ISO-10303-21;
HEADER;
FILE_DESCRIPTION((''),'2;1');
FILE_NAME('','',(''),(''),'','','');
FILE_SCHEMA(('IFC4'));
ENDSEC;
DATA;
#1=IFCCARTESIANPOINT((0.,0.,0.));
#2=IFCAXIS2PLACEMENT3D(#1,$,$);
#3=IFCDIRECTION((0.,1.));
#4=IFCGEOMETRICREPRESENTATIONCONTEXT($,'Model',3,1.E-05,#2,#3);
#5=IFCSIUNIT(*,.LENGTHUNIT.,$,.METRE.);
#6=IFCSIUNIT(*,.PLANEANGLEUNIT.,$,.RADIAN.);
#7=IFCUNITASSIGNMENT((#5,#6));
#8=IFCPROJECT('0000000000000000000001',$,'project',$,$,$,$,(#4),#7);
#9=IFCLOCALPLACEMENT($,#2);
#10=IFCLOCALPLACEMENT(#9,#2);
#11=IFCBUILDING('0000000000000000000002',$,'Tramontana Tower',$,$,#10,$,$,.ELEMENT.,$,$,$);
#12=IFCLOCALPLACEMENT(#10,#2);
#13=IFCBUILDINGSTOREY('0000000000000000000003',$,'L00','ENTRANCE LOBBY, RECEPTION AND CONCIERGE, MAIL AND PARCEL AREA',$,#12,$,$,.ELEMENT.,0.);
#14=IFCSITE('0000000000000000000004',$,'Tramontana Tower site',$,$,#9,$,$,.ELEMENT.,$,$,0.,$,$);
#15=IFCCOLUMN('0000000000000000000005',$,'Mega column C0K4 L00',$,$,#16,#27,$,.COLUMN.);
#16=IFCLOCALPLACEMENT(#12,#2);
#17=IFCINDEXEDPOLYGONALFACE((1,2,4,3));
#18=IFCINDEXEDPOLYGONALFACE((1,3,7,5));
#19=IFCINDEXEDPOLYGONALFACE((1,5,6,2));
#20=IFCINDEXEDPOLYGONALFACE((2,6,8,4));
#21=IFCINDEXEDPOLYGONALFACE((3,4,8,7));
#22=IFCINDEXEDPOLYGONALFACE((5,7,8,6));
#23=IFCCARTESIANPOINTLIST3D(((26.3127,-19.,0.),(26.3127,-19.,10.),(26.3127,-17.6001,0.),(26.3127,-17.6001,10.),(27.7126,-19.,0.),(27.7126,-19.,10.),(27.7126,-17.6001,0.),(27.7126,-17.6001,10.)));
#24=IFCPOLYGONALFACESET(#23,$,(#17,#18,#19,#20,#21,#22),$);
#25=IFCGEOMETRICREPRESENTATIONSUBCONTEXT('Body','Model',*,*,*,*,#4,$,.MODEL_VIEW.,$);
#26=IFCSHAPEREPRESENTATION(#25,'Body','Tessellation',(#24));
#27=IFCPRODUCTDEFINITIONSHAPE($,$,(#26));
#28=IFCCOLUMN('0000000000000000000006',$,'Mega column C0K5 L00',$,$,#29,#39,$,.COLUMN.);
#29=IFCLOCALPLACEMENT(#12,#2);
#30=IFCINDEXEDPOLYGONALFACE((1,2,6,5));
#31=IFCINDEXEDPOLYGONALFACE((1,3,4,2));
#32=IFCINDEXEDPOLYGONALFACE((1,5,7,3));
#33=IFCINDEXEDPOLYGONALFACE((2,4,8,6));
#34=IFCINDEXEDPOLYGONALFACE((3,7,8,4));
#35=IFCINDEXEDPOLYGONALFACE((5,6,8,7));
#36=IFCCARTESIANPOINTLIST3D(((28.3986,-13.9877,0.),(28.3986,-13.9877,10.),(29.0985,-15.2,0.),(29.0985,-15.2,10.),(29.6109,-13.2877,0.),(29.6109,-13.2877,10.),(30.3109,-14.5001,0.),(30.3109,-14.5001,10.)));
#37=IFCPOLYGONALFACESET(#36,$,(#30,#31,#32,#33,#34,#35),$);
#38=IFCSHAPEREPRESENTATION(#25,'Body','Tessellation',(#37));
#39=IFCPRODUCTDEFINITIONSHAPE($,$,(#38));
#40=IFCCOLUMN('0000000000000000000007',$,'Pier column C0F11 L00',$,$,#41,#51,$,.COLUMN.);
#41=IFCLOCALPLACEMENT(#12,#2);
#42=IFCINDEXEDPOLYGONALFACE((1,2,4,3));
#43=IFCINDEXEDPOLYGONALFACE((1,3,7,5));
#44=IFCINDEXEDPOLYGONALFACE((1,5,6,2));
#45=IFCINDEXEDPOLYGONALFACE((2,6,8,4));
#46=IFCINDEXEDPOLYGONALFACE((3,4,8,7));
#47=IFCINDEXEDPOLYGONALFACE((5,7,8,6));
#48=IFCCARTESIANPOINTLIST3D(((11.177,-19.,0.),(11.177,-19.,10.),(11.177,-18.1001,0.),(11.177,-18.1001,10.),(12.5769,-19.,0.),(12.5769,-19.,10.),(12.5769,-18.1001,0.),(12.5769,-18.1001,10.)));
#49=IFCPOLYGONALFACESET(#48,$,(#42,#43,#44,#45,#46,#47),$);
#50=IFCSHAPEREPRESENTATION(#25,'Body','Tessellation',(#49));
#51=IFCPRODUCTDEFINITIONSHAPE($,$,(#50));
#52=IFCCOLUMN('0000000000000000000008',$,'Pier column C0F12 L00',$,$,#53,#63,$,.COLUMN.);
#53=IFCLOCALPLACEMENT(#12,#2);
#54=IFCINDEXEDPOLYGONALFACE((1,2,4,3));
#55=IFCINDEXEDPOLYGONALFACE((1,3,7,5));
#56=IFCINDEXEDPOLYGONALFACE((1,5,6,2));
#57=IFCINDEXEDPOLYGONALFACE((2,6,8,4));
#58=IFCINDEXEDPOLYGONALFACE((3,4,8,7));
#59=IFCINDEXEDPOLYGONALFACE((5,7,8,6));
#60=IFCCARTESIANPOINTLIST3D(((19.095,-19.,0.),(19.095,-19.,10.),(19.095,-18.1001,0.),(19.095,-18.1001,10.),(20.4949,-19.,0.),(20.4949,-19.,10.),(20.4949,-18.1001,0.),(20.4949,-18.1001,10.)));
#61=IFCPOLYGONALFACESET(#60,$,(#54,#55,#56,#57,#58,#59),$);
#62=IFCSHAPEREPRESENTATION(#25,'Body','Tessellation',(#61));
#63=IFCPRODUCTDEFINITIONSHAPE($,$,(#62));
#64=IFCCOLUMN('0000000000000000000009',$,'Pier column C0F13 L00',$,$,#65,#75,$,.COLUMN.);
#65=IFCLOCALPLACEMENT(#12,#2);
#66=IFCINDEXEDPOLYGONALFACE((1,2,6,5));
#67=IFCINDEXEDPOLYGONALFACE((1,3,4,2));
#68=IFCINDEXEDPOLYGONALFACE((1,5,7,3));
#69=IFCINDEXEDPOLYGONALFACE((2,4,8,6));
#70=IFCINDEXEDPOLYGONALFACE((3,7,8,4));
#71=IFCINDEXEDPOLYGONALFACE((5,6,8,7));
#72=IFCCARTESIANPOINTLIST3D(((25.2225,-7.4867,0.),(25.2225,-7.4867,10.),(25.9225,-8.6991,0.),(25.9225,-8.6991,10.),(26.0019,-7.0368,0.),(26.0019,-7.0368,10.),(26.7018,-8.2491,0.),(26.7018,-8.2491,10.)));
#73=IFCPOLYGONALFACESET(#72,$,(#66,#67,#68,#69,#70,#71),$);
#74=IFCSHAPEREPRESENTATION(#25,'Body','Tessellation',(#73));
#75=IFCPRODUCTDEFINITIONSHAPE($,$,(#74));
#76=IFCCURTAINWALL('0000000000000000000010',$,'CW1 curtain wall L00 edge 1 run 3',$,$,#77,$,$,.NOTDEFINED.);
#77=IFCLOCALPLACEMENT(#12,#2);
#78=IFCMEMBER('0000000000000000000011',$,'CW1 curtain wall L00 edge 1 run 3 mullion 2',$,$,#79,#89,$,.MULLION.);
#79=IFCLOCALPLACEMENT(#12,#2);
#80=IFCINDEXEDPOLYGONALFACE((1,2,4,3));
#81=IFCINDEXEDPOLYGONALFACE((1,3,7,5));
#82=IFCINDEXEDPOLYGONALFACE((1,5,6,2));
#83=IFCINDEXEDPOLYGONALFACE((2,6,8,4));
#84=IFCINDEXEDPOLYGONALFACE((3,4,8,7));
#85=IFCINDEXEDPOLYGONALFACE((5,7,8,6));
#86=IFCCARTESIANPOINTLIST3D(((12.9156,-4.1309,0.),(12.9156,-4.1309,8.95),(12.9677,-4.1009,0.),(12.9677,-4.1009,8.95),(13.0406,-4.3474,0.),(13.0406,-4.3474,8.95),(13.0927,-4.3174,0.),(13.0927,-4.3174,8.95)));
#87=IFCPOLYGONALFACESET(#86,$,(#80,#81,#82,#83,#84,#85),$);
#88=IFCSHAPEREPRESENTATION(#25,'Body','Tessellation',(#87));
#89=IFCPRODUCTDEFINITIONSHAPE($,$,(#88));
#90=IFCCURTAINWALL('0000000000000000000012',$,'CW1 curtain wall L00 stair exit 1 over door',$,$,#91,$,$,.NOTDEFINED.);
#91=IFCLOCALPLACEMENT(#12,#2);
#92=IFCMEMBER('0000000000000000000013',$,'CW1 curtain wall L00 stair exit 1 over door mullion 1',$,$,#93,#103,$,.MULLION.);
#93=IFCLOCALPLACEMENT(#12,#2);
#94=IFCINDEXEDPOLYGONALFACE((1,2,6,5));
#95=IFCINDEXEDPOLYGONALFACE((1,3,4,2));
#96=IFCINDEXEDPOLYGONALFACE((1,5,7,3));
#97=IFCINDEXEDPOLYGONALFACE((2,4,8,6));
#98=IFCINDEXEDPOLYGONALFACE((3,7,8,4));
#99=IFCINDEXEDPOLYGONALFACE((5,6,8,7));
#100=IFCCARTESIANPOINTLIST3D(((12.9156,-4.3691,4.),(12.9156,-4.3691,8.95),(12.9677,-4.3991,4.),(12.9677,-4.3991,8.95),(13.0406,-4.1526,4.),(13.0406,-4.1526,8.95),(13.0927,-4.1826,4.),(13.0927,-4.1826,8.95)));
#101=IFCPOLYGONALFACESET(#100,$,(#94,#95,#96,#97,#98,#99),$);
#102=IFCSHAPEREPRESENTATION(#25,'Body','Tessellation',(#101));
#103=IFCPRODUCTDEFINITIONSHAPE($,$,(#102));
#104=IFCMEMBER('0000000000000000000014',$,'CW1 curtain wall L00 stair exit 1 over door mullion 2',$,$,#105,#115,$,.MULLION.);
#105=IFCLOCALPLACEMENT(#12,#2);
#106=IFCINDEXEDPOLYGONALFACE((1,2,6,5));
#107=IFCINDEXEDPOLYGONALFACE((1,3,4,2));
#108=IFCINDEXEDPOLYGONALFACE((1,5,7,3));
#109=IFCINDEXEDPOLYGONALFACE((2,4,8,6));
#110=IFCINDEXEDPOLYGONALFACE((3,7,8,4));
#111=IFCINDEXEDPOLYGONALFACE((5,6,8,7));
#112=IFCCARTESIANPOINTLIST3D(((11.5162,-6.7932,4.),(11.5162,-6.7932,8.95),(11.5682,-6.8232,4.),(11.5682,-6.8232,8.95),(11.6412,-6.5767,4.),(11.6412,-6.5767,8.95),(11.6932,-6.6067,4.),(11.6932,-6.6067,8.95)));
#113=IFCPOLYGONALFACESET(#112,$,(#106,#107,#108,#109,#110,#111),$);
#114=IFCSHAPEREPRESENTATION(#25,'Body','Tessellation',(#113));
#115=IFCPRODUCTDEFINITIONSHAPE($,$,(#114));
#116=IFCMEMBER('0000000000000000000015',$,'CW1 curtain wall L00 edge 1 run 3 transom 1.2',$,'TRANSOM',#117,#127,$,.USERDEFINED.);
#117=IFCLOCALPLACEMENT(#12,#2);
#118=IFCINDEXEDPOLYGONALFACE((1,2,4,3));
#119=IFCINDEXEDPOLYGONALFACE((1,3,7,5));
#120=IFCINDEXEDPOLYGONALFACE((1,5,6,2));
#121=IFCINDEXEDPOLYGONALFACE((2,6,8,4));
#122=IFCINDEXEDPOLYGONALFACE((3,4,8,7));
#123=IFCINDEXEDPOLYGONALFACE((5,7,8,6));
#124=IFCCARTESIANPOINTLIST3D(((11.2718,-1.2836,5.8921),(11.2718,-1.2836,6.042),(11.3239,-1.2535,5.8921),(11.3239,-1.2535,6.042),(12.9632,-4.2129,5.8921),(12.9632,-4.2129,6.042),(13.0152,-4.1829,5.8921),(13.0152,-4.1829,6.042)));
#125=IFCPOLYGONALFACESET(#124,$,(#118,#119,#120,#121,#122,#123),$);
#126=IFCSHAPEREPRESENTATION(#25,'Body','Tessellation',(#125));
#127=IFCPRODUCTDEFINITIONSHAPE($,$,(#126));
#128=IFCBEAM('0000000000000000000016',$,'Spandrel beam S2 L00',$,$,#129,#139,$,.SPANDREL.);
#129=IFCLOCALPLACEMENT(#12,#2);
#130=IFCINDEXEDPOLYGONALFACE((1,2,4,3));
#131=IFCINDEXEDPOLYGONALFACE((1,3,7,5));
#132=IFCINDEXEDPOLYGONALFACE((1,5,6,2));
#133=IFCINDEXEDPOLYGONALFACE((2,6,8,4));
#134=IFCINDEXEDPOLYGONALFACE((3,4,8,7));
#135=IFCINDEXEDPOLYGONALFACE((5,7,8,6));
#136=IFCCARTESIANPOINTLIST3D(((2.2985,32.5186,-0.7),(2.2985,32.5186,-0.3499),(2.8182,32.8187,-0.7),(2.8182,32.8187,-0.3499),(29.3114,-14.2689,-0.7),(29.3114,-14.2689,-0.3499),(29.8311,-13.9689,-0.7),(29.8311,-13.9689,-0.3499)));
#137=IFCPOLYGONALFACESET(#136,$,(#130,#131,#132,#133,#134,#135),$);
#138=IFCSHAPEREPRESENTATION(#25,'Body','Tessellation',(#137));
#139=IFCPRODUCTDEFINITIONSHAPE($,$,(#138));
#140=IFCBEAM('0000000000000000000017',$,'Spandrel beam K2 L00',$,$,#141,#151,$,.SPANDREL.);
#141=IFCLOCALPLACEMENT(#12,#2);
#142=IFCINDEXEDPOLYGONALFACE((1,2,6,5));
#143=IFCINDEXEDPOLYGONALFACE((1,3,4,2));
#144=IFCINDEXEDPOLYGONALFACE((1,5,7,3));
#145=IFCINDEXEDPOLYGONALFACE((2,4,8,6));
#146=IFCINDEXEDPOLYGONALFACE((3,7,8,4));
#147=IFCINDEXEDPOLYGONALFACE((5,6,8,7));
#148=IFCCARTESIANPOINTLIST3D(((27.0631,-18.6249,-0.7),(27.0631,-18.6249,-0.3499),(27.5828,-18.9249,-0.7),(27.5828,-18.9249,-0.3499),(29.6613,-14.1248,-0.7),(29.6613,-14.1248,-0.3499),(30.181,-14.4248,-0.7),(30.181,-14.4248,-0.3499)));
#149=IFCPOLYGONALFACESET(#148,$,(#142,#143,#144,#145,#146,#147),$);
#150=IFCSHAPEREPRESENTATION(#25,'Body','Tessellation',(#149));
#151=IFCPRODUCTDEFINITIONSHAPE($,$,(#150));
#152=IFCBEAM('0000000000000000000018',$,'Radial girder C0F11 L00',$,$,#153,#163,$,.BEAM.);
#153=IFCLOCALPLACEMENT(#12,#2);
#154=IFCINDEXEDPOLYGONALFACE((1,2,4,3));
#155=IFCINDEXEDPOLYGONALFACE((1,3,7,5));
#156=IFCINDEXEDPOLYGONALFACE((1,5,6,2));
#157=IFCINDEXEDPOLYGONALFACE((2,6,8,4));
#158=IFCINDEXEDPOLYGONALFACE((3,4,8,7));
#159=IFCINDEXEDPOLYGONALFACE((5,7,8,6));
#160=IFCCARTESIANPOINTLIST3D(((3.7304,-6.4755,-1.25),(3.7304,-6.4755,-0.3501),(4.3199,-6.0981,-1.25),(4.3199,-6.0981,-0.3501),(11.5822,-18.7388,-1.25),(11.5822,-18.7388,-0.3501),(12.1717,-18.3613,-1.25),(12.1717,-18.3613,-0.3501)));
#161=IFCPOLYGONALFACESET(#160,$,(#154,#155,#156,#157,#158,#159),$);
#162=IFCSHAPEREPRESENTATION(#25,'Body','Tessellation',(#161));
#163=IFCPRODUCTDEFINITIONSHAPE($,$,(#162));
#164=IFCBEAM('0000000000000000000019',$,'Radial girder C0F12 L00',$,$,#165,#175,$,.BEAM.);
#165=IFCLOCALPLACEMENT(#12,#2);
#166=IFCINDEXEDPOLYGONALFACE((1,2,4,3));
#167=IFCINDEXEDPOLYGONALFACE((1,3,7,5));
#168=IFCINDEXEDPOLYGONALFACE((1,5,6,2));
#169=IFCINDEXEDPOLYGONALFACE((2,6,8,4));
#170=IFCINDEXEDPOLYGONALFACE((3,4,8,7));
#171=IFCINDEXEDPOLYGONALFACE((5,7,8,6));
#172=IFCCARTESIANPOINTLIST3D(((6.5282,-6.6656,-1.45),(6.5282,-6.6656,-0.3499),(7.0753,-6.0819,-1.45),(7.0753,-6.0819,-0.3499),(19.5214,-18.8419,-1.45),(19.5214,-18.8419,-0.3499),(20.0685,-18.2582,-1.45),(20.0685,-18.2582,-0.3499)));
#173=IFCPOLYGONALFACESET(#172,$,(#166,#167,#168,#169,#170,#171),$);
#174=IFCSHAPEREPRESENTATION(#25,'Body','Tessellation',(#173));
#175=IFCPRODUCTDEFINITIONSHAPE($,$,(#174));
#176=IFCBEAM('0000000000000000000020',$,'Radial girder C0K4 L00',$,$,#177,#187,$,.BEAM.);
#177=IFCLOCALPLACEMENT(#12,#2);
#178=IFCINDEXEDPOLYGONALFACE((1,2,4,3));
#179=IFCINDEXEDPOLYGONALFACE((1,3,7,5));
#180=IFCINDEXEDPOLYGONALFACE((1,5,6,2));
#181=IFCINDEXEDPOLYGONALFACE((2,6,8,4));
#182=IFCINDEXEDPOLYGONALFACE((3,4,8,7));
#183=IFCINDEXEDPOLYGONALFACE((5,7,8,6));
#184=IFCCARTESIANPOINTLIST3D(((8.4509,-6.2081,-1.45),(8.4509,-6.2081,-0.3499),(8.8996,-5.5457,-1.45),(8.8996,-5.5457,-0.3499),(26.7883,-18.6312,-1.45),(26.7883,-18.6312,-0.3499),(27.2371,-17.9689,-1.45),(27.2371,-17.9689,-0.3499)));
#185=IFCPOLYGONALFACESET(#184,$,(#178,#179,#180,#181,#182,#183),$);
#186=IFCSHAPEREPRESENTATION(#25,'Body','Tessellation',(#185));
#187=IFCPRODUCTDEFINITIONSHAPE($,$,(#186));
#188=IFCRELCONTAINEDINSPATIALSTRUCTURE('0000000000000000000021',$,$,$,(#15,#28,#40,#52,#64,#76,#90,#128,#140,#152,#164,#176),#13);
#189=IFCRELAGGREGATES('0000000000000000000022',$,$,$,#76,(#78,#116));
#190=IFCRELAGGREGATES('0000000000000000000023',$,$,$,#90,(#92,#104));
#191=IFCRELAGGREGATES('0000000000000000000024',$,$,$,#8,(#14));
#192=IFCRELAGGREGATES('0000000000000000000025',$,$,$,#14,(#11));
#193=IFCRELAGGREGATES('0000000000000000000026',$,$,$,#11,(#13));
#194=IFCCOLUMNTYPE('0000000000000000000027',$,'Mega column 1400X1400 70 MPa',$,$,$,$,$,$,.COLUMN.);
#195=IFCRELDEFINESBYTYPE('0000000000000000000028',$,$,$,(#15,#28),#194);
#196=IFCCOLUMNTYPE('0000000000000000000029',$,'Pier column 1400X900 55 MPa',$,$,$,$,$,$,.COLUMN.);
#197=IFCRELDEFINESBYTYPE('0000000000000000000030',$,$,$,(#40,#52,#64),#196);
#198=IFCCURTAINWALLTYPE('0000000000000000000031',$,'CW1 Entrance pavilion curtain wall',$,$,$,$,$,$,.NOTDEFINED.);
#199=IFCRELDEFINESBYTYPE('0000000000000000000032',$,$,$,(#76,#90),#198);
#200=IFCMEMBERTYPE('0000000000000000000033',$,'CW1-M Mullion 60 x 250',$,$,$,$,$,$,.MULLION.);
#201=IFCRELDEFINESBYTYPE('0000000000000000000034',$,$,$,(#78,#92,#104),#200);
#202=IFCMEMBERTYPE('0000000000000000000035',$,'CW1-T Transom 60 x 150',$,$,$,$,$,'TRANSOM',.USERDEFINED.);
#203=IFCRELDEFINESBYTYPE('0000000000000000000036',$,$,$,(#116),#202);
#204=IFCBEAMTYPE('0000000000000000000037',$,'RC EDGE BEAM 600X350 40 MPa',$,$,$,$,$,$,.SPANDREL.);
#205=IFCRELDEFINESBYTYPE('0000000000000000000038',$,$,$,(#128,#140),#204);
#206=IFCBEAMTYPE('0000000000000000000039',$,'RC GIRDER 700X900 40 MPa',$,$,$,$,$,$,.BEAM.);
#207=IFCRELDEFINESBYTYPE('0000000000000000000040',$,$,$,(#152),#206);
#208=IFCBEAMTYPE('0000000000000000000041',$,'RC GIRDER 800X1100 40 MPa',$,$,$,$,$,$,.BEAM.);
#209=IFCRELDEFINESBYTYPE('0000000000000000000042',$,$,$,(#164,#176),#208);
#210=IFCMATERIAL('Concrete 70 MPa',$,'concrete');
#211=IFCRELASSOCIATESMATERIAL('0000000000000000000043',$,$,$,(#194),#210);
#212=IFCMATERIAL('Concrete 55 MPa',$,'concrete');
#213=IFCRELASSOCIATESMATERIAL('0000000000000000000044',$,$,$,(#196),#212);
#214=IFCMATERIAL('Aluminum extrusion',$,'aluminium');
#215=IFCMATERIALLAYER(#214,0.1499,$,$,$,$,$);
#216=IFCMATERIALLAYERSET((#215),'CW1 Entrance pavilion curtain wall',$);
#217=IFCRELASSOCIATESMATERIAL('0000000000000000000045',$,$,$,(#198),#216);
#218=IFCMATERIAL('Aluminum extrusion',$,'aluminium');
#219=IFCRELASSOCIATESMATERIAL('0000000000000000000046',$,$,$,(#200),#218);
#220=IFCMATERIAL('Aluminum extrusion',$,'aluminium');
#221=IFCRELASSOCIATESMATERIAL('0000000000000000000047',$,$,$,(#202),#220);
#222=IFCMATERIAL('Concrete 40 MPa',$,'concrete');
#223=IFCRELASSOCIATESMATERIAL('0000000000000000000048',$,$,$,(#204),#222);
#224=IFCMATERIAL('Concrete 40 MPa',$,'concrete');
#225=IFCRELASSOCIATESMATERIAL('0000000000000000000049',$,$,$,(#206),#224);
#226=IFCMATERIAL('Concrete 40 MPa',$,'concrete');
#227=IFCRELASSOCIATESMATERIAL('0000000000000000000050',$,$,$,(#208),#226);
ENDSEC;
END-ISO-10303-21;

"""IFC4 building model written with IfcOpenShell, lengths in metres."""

from ifc_helpers import new_model, si_unit, direction, frame, origin, origin_2d, place, context, subcontext, project, spatial, rectangle, extrude, material, layer, layer_set, material_profile, profile_set, type_object, element, aggregate, save


model = new_model("IFC4")

# Units and contexts
model_context = context("Model", 3, precision=1e-05, world=origin(), true_north=direction((0.0, 1.0)))
body_context = subcontext(model_context, "Body", "Model", "MODEL_VIEW")
ifc_project = project(units=[si_unit("LENGTHUNIT", "METRE"), si_unit("PLANEANGLEUNIT", "RADIAN")], contexts=[model_context])

# Site, building, storey
site_placement = place(None, origin())
site = spatial("IfcSite", under=ifc_project, at=site_placement, Name="Tramontana Tower site", CompositionType="ELEMENT", RefElevation=0.0)
building_placement = place(site_placement, origin())
building = spatial("IfcBuilding", under=site, at=building_placement, Name="Tramontana Tower", CompositionType="ELEMENT")
storey_placement = place(building_placement, origin())
storey = spatial("IfcBuildingStorey", under=building, at=storey_placement, Name="L00", Description="ENTRANCE LOBBY, RECEPTION AND CONCIERGE, MAIL AND PARCEL AREA", CompositionType="ELEMENT", Elevation=0.0)

# Columns
ifc_material_1 = material(Name="Concrete 70 MPa", Category="concrete")
ifc_material_profile_1 = material_profile(ifc_material_1, rectangle(XDim=1.3999, YDim=1.3999, at=origin_2d()), Name="Mega column 1400X1400 70 MPa")
ifc_profile_set_1 = profile_set([ifc_material_profile_1], Name="Concrete 70 MPa")
column_type_1 = type_object("IfcColumnType", Name="Mega column 1400X1400 70 MPa", PredefinedType="COLUMN", material=ifc_profile_set_1)
for number, where, z_axis, x_axis, name in (
    (1, (27.0127, -18.3, 0.0), (0.0, 0.0, 1.0), (1.0, 0.0, 0.0), "Mega column C0K4 L00"),
    (2, (29.3547, -14.2439, 0.0), (0.0, 0.0, 1.0), (-0.5, 0.866025, 0.0), "Mega column C0K5 L00"),
):
    element("IfcColumn", number, at=place(storey_placement, frame(where, z_axis=z_axis, x_axis=x_axis)), inside=storey, type_object=column_type_1, Name=name, PredefinedType="COLUMN", context=body_context, shape_type="SweptSolid", body=[
        extrude(rectangle(XDim=1.3999, YDim=1.3999, at=origin_2d()), origin(), (0.0, 0.0, 1.0), 10.0),
    ])
ifc_material_2 = material(Name="Concrete 55 MPa", Category="concrete")
ifc_material_profile_2 = material_profile(ifc_material_2, rectangle(XDim=1.3999, YDim=0.8999, at=origin_2d()), Name="Pier column 1400X900 55 MPa")
ifc_profile_set_2 = profile_set([ifc_material_profile_2], Name="Concrete 55 MPa")
column_type_2 = type_object("IfcColumnType", Name="Pier column 1400X900 55 MPa", PredefinedType="COLUMN", material=ifc_profile_set_2)
for number, where, z_axis, x_axis, name in (
    (3, (11.877, -18.55, 0.0), (0.0, 0.0, 1.0), (1.0, 0.0, 0.0), "Pier column C0F11 L00"),
    (4, (19.7949, -18.55, 0.0), (0.0, 0.0, 1.0), (1.0, 0.0, 0.0), "Pier column C0F12 L00"),
    (5, (25.9622, -7.8679, 0.0), (0.0, 0.0, 1.0), (-0.5, 0.866025, 0.0), "Pier column C0F13 L00"),
):
    element("IfcColumn", number, at=place(storey_placement, frame(where, z_axis=z_axis, x_axis=x_axis)), inside=storey, type_object=column_type_2, Name=name, PredefinedType="COLUMN", context=body_context, shape_type="SweptSolid", body=[
        extrude(rectangle(XDim=1.3999, YDim=0.8999, at=origin_2d()), origin(), (0.0, 0.0, 1.0), 10.0),
    ])

# Curtain wall, member
ifc_material_3 = material(Name="Aluminum extrusion", Category="aluminium")
ifc_layer_1 = layer(ifc_material_3, 0.1499)
ifc_layer_set_1 = layer_set([ifc_layer_1], Name="CW1 Entrance pavilion curtain wall")
curtain_wall_type = type_object("IfcCurtainWallType", Name="CW1 Entrance pavilion curtain wall", PredefinedType="NOTDEFINED", material=ifc_layer_set_1)
curtain_wall_1_placement = place(storey_placement, origin())
curtain_wall_1 = element("IfcCurtainWall", 6, at=curtain_wall_1_placement, inside=storey, type_object=curtain_wall_type, Name="CW1 curtain wall L00 edge 1 run 3", PredefinedType="NOTDEFINED")
ifc_material_4 = material(Name="Aluminum extrusion", Category="aluminium")
ifc_material_profile_3 = material_profile(ifc_material_4, rectangle(XDim=0.0601, YDim=0.25, at=origin_2d()), Name="CW1-M Mullion 60 x 250")
ifc_profile_set_3 = profile_set([ifc_material_profile_3], Name="Aluminum extrusion")
member_type_1 = type_object("IfcMemberType", Name="CW1-M Mullion 60 x 250", PredefinedType="MULLION", material=ifc_profile_set_3)
member_1_placement = place(storey_placement, frame((13.0042, -4.2241, 0.0), z_axis=(0.0, 0.0, 1.0), x_axis=(0.866025, 0.5, 0.0)))
member_1 = element("IfcMember", 7, at=member_1_placement, type_object=member_type_1, Name="CW1 curtain wall L00 edge 1 run 3 mullion 2", PredefinedType="MULLION", context=body_context, shape_type="SweptSolid", body=[
    extrude(rectangle(XDim=0.0601, YDim=0.25, at=origin_2d()), origin(), (0.0, 0.0, 1.0), 8.95),
])

# Curtain wall, members
curtain_wall_2_placement = place(storey_placement, origin())
curtain_wall_2 = element("IfcCurtainWall", 8, at=curtain_wall_2_placement, inside=storey, type_object=curtain_wall_type, Name="CW1 curtain wall L00 stair exit 1 over door", PredefinedType="NOTDEFINED")
member_2_placement = place(storey_placement, frame((13.0042, -4.2759, 4.0), z_axis=(0.0, 0.0, 1.0), x_axis=(0.866025, -0.5, 0.0)))
member_2 = element("IfcMember", 9, at=member_2_placement, type_object=member_type_1, Name="CW1 curtain wall L00 stair exit 1 over door mullion 1", PredefinedType="MULLION", context=body_context, shape_type="SweptSolid", body=[
    extrude(rectangle(XDim=0.0601, YDim=0.25, at=origin_2d()), origin(), (0.0, 0.0, 1.0), 4.95),
])
member_3_placement = place(storey_placement, frame((11.6047, -6.7, 4.0), z_axis=(0.0, 0.0, 1.0), x_axis=(0.866025, -0.5, 0.0)))
member_3 = element("IfcMember", 10, at=member_3_placement, type_object=member_type_1, Name="CW1 curtain wall L00 stair exit 1 over door mullion 2", PredefinedType="MULLION", context=body_context, shape_type="SweptSolid", body=[
    extrude(rectangle(XDim=0.0601, YDim=0.25, at=origin_2d()), origin(), (0.0, 0.0, 1.0), 4.95),
])

# Member
ifc_material_5 = material(Name="Aluminum extrusion", Category="aluminium")
ifc_material_profile_4 = material_profile(ifc_material_5, rectangle(XDim=0.0601, YDim=0.1499, at=origin_2d()), Name="CW1-T Transom 60 x 150")
ifc_profile_set_4 = profile_set([ifc_material_profile_4], Name="Aluminum extrusion")
member_type_2 = type_object("IfcMemberType", Name="CW1-T Transom 60 x 150", ElementType="TRANSOM", PredefinedType="USERDEFINED", material=ifc_profile_set_4)
member_4_placement = place(storey_placement, frame((11.2979, -1.2686, 5.967), z_axis=(0.50002, -0.866014, 0.0), x_axis=(0.866014, 0.50002, 0.0)))
member_4 = element("IfcMember", 11, at=member_4_placement, type_object=member_type_2, Name="CW1 curtain wall L00 edge 1 run 3 transom 1.2", ObjectType="TRANSOM", PredefinedType="USERDEFINED", context=body_context, shape_type="SweptSolid", body=[
    extrude(rectangle(XDim=0.0601, YDim=0.1499, at=origin_2d()), origin(), (0.0, 0.0, 1.0), 3.3826),
])

# Beams
ifc_material_6 = material(Name="Concrete 40 MPa", Category="concrete")
ifc_material_profile_5 = material_profile(ifc_material_6, rectangle(XDim=0.6001, YDim=0.3501, at=origin_2d()), Name="RC EDGE BEAM 600X350 40 MPa")
ifc_profile_set_5 = profile_set([ifc_material_profile_5], Name="Concrete 40 MPa")
beam_type_1 = type_object("IfcBeamType", Name="RC EDGE BEAM 600X350 40 MPa", PredefinedType="SPANDREL", material=ifc_profile_set_5)
beam_1_placement = place(storey_placement, frame((29.5713, -14.1189, -0.5249), z_axis=(-0.500001, 0.866025, 0.0), x_axis=(-0.866025, -0.500001, 0.0)))
element("IfcBeam", 12, at=beam_1_placement, inside=storey, type_object=beam_type_1, Name="Spandrel beam S2 L00", PredefinedType="SPANDREL", context=body_context, shape_type="SweptSolid", body=[
    extrude(rectangle(XDim=0.6001, YDim=0.3501, at=origin_2d()), origin(), (0.0, 0.0, 1.0), 54.0256),
])
beam_2_placement = place(storey_placement, frame((27.323, -18.7749, -0.5249), z_axis=(0.50001, 0.86602, 0.0), x_axis=(-0.86602, 0.50001, 0.0)))
element("IfcBeam", 13, at=beam_2_placement, inside=storey, type_object=beam_type_1, Name="Spandrel beam K2 L00", PredefinedType="SPANDREL", context=body_context, shape_type="SweptSolid", body=[
    extrude(rectangle(XDim=0.6001, YDim=0.3501, at=origin_2d()), origin(), (0.0, 0.0, 1.0), 5.1963),
])
ifc_material_7 = material(Name="Concrete 40 MPa", Category="concrete")
ifc_material_profile_6 = material_profile(ifc_material_7, rectangle(XDim=0.7, YDim=0.8999, at=origin_2d()), Name="RC GIRDER 700X900 40 MPa")
ifc_profile_set_6 = profile_set([ifc_material_profile_6], Name="Concrete 40 MPa")
beam_type_2 = type_object("IfcBeamType", Name="RC GIRDER 700X900 40 MPa", PredefinedType="BEAM", material=ifc_profile_set_6)
beam_3_placement = place(storey_placement, frame((11.877, -18.55, -0.8), z_axis=(-0.539218, 0.842166, 0.0), x_axis=(-0.842166, -0.539218, 0.0)))
element("IfcBeam", 14, at=beam_3_placement, inside=storey, type_object=beam_type_2, Name="Radial girder C0F11 L00", PredefinedType="BEAM", context=body_context, shape_type="SweptSolid", body=[
    extrude(rectangle(XDim=0.7, YDim=0.8999, at=origin_2d()), origin(), (0.0, 0.0, 1.0), 14.5615),
])
ifc_material_8 = material(Name="Concrete 40 MPa", Category="concrete")
ifc_material_profile_7 = material_profile(ifc_material_8, rectangle(XDim=0.8, YDim=1.1001, at=origin_2d()), Name="RC GIRDER 800X1100 40 MPa")
ifc_profile_set_7 = profile_set([ifc_material_profile_7], Name="Concrete 40 MPa")
beam_type_3 = type_object("IfcBeamType", Name="RC GIRDER 800X1100 40 MPa", PredefinedType="BEAM", material=ifc_profile_set_7)
beam_4_placement = place(storey_placement, frame((19.7949, -18.55, -0.8999), z_axis=(-0.729672, 0.683797, 0.0), x_axis=(-0.683797, -0.729672, 0.0)))
element("IfcBeam", 15, at=beam_4_placement, inside=storey, type_object=beam_type_3, Name="Radial girder C0F12 L00", PredefinedType="BEAM", context=body_context, shape_type="SweptSolid", body=[
    extrude(rectangle(XDim=0.8, YDim=1.1001, at=origin_2d()), origin(), (0.0, 0.0, 1.0), 17.8069),
])
beam_5_placement = place(storey_placement, frame((27.0127, -18.3, -0.8999), z_axis=(-0.827898, 0.560879, 0.0), x_axis=(-0.560879, -0.827898, 0.0)))
element("IfcBeam", 16, at=beam_5_placement, inside=storey, type_object=beam_type_3, Name="Radial girder C0K4 L00", PredefinedType="BEAM", context=body_context, shape_type="SweptSolid", body=[
    extrude(rectangle(XDim=0.8, YDim=1.1001, at=origin_2d()), origin(), (0.0, 0.0, 1.0), 22.1494),
])

aggregate(curtain_wall_1, [member_1, member_4])
aggregate(curtain_wall_2, [member_2, member_3])

save(model, "model.ifc")
